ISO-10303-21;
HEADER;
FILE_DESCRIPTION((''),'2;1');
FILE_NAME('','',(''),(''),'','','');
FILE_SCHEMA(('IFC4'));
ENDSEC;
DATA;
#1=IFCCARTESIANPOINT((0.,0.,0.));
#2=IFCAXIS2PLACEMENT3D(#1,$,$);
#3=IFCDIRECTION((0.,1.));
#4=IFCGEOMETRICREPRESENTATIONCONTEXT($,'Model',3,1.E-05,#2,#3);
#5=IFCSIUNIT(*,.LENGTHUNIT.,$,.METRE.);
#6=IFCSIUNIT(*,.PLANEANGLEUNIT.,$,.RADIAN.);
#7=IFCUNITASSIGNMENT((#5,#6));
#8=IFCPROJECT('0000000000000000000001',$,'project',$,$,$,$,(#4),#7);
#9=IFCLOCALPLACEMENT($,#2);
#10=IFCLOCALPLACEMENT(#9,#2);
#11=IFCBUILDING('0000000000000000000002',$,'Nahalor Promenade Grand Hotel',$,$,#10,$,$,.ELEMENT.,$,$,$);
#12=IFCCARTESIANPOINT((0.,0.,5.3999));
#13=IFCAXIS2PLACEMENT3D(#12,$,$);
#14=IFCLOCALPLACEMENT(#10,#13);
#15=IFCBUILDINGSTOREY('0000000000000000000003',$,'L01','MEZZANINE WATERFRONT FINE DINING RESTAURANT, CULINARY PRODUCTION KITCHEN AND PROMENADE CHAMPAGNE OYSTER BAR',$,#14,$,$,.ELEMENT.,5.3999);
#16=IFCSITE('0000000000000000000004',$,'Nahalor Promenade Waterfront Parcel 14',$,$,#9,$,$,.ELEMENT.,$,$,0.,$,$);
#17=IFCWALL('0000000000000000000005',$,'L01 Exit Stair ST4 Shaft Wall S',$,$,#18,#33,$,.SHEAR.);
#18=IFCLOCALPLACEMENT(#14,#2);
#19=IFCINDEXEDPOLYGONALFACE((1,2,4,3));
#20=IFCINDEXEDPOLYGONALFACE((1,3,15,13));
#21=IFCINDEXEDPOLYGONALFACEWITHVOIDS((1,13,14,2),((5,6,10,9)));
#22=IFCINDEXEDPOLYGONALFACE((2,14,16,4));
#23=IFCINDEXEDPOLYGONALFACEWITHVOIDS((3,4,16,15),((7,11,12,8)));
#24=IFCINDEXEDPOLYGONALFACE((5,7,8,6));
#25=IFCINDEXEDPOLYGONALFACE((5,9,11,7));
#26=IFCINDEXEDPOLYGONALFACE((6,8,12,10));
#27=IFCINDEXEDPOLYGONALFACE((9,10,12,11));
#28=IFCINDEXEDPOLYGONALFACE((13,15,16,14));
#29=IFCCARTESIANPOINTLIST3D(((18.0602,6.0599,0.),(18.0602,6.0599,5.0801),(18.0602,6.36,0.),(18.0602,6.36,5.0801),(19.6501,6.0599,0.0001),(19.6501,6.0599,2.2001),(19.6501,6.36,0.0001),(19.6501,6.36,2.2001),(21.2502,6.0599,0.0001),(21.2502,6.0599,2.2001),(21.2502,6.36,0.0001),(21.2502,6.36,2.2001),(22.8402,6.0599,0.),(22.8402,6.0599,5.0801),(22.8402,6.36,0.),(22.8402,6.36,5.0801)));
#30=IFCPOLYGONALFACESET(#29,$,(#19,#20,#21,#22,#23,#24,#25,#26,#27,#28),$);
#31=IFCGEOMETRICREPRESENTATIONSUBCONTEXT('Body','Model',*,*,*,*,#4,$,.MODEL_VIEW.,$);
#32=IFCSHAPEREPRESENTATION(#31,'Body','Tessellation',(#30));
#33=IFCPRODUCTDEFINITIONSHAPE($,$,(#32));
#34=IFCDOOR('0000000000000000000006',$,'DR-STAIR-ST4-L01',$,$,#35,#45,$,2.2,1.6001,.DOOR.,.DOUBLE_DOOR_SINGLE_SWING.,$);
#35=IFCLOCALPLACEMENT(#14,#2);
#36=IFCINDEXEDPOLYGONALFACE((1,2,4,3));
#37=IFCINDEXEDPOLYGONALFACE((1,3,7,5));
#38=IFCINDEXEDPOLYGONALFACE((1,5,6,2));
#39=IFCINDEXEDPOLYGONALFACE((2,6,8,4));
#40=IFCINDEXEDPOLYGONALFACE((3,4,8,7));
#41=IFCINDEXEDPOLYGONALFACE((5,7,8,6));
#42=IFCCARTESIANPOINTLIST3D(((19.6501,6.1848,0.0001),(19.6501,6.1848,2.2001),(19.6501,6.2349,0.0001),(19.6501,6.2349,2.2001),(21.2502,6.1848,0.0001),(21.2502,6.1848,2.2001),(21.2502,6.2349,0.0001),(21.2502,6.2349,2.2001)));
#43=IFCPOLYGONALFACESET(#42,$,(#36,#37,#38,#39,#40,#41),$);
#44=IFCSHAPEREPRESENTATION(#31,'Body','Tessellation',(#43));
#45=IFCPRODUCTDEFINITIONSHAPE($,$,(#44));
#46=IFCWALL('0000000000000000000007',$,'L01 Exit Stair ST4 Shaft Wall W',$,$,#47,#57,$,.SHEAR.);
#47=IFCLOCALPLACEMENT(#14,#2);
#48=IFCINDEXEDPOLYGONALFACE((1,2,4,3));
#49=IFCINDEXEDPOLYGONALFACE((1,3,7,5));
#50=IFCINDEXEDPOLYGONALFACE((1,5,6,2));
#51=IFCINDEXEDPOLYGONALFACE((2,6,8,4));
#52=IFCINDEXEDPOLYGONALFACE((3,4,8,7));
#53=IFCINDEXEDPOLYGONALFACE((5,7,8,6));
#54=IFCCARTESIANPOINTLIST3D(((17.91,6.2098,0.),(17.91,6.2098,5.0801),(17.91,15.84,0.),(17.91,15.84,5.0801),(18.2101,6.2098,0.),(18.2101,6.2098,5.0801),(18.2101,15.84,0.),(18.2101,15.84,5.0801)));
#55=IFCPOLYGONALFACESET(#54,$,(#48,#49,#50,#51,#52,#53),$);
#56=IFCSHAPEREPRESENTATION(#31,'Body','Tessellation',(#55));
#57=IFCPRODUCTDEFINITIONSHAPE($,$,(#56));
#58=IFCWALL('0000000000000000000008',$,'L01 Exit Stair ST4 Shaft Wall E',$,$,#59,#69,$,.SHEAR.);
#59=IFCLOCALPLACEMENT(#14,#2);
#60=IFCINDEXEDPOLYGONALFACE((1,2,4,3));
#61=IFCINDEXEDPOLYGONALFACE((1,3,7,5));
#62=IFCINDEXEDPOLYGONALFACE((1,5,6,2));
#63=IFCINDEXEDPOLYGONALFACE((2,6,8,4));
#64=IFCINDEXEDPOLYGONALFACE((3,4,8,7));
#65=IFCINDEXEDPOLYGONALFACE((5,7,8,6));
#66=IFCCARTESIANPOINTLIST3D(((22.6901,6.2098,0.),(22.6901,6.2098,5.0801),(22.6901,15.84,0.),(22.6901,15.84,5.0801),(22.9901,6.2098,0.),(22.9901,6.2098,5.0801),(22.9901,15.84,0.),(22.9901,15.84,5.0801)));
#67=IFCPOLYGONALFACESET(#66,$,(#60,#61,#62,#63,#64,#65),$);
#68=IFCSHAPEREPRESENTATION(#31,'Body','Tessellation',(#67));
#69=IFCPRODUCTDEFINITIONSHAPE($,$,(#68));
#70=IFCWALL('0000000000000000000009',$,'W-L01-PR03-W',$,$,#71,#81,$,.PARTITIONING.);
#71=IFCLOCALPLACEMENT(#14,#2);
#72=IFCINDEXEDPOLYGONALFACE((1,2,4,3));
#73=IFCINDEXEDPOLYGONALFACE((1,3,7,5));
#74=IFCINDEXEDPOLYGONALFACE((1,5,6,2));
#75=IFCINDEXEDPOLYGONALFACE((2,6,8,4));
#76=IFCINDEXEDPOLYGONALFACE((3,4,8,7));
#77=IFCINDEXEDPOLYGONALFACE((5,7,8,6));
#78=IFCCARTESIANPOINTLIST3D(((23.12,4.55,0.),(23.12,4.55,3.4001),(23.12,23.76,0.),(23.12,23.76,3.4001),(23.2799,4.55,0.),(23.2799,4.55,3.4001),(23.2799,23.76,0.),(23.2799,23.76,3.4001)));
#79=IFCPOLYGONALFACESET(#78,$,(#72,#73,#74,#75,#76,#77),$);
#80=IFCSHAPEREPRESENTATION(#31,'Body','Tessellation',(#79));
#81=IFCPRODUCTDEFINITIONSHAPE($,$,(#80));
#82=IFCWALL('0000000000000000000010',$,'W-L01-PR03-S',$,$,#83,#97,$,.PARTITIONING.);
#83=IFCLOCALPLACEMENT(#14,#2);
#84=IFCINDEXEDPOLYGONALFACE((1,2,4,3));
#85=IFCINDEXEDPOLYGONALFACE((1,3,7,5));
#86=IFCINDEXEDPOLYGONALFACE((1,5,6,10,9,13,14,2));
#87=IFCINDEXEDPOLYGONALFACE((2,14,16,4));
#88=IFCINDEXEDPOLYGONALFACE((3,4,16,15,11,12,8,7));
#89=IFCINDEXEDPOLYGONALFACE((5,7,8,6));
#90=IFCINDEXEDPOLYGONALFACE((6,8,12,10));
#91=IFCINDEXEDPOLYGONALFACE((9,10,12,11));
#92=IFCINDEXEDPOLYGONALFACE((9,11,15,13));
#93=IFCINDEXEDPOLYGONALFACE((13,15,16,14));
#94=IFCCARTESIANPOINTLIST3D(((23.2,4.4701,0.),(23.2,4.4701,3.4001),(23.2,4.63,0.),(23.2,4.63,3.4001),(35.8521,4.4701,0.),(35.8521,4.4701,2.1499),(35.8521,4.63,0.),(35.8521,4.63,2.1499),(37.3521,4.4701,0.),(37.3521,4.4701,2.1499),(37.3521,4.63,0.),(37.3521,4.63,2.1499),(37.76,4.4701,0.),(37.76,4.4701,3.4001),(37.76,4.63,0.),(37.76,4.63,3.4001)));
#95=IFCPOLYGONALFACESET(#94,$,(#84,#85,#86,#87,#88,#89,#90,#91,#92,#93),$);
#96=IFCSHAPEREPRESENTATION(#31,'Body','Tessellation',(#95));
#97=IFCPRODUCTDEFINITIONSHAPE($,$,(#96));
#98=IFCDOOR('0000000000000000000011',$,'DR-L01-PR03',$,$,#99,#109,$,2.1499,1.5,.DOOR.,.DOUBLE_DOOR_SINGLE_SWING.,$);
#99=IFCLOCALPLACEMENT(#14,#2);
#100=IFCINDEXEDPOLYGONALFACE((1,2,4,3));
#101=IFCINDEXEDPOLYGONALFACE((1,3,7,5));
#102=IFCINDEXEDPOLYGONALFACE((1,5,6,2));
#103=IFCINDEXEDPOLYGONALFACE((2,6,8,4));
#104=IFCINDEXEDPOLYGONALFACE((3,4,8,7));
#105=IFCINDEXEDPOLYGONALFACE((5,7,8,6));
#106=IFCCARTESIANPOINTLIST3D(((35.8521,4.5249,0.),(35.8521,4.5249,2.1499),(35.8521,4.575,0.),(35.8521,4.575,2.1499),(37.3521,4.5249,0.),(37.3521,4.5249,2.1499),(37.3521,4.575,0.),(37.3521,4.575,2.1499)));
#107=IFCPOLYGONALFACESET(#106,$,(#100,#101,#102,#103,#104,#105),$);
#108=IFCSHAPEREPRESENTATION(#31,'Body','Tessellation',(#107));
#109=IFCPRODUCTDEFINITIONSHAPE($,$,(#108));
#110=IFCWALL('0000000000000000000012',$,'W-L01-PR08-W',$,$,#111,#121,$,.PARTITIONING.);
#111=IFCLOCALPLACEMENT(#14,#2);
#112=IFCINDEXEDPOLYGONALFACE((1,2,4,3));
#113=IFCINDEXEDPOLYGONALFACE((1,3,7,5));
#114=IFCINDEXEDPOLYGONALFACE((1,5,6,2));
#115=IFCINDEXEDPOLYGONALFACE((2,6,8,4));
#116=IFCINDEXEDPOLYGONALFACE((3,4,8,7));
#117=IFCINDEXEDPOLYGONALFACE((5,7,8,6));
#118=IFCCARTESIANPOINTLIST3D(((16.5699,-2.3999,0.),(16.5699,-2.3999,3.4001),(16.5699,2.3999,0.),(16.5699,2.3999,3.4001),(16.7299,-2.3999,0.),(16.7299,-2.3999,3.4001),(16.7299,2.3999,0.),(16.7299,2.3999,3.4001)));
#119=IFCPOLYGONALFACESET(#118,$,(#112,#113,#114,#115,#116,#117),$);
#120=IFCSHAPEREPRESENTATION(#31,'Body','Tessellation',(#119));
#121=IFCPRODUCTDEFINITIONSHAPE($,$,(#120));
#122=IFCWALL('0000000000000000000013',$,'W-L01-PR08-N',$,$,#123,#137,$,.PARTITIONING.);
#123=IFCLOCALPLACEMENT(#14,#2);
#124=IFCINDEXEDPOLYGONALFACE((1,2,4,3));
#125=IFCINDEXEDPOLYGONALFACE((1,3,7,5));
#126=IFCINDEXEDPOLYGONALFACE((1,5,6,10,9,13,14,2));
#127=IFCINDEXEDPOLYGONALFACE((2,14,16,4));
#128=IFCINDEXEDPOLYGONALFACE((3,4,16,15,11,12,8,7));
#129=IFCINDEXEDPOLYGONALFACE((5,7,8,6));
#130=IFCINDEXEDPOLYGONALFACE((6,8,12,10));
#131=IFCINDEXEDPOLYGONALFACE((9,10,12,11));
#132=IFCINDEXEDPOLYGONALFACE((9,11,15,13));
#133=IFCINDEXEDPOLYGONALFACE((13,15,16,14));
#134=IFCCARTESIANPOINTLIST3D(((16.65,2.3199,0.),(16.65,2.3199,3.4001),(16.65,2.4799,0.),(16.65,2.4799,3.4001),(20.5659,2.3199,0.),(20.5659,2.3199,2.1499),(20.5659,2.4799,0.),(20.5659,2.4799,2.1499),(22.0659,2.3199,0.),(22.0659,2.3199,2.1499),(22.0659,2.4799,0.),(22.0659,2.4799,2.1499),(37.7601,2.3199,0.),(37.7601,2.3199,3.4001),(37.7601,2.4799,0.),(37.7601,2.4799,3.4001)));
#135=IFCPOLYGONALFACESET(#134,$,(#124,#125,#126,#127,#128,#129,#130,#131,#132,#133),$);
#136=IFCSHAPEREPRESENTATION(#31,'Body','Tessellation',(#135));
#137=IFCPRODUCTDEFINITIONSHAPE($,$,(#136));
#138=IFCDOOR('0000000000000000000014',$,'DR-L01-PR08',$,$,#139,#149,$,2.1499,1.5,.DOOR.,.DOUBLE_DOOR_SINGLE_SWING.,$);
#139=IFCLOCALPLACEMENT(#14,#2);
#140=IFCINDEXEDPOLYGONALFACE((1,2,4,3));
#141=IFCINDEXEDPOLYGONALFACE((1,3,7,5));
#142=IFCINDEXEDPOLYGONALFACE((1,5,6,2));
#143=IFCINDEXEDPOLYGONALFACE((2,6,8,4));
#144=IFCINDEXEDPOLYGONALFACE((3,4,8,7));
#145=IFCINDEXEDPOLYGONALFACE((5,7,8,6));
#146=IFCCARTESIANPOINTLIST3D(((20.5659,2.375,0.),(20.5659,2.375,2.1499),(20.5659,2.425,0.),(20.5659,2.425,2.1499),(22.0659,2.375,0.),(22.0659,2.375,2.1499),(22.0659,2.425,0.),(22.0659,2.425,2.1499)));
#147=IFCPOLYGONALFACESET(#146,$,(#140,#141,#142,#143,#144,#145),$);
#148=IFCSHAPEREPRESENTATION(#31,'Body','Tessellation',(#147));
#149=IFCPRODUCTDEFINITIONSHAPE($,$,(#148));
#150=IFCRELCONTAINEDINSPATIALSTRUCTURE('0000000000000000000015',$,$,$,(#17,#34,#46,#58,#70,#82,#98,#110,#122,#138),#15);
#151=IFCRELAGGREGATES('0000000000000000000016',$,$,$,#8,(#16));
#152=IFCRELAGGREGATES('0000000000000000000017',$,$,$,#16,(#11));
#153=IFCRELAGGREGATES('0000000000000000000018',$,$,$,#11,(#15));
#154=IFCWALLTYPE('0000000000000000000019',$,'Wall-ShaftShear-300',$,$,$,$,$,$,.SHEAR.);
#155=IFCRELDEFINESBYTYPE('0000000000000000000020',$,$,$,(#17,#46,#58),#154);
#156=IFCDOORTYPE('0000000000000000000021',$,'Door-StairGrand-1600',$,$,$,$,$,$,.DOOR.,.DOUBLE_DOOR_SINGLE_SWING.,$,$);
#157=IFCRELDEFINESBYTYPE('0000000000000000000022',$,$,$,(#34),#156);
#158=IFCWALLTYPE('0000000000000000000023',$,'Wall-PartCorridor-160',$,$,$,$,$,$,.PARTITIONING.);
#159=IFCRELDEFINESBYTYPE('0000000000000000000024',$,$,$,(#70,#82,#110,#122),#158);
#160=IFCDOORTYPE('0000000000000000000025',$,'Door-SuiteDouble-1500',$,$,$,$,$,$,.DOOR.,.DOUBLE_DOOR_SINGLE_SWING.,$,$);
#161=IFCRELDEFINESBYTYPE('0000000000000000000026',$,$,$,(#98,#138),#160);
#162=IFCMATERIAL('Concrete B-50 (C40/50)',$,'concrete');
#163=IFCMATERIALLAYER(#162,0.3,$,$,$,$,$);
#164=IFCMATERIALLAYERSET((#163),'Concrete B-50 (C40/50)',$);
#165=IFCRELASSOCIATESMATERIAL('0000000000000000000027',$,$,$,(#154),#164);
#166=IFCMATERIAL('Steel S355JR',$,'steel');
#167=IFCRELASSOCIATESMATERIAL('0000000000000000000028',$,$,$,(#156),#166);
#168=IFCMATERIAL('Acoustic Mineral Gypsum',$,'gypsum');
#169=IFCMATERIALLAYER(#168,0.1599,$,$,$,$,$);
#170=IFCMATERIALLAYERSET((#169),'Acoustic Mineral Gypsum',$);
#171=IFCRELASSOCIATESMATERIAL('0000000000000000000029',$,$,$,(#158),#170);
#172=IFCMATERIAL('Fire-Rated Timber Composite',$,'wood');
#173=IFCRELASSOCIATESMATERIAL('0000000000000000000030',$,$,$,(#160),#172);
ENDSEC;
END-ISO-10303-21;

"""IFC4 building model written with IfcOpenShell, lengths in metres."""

from ifc_helpers import new_model, si_unit, direction, frame, frame_2d, origin, place, context, subcontext, project, spatial, rectangle, extrude, source, transform, mapped, material, layer, layer_set, type_object, element, fill, save


model = new_model("IFC4")

# Units and contexts
model_context = context("Model", 3, precision=1e-05, world=origin(), true_north=direction((0.0, 1.0)))
body_context = subcontext(model_context, "Body", "Model", "MODEL_VIEW")
ifc_project = project(units=[si_unit("LENGTHUNIT", "METRE"), si_unit("PLANEANGLEUNIT", "RADIAN")], contexts=[model_context])

# Site, building, storey
site_placement = place(None, origin())
site = spatial("IfcSite", under=ifc_project, at=site_placement, Name="Nahalor Promenade Waterfront Parcel 14", CompositionType="ELEMENT", RefElevation=0.0)
building_placement = place(site_placement, origin())
building = spatial("IfcBuilding", under=site, at=building_placement, Name="Nahalor Promenade Grand Hotel", CompositionType="ELEMENT")
storey_placement = place(building_placement, frame((0.0, 0.0, 5.3999)))
storey = spatial("IfcBuildingStorey", under=building, at=storey_placement, Name="L01", Description="MEZZANINE WATERFRONT FINE DINING RESTAURANT, CULINARY PRODUCTION KITCHEN AND PROMENADE CHAMPAGNE OYSTER BAR", CompositionType="ELEMENT", Elevation=5.3999)

# Shared definitions
ifc_material_1 = material(Name="Steel S355JR", Category="steel")

# Wall, opening, door
ifc_material_2 = material(Name="Concrete B-50 (C40/50)", Category="concrete")
ifc_layer_1 = layer(ifc_material_2, 0.3)
ifc_layer_set_1 = layer_set([ifc_layer_1], Name="Concrete B-50 (C40/50)")
wall_type_1 = type_object("IfcWallType", Name="Wall-ShaftShear-300", PredefinedType="SHEAR", material=ifc_layer_set_1)
shared_shape_1 = source(origin(), body_context, "Body", "SweptSolid", [
    extrude(rectangle(XDim=4.78, YDim=0.3, at=frame_2d((2.3901, 0.0))), origin(), (0.0, 0.0, 1.0), 5.0801),
])
wall_1_placement = place(storey_placement, frame((18.0601, 6.21, 0.0), z_axis=(0.0, 0.0, 1.0), x_axis=(1.0, 0.0, 0.0)))
wall_1 = element("IfcWall", 1, at=wall_1_placement, inside=storey, type_object=wall_type_1, Name="L01 Exit Stair ST4 Shaft Wall S", PredefinedType="SHEAR", context=body_context, shape_type="MappedRepresentation", body=[
    mapped(shared_shape_1, transform((0.0, 0.0, 0.0), scale=1.0)),
])
opening_1_placement = place(wall_1_placement, frame((1.5901, 0.0, 0.0)))
opening_1 = element("IfcOpeningElement", 2, at=opening_1_placement, cuts=wall_1, PredefinedType="OPENING", context=body_context, shape_type="SweptSolid", body=[
    extrude(rectangle(XDim=1.6001, YDim=2.2, at=frame_2d((0.8, 1.1001))), frame((0.0, 0.1599, 0.0), z_axis=(0.0, -1.0, 0.0), x_axis=(1.0, 0.0, 0.0)), (0.0, 0.0, 1.0), 0.3201),
])
door_type_1 = type_object("IfcDoorType", Name="Door-StairGrand-1600", OperationType="DOUBLE_DOOR_SINGLE_SWING", PredefinedType="DOOR", material=ifc_material_1)
shared_shape_2 = source(origin(), body_context, "Body", "SweptSolid", [
    extrude(rectangle(XDim=1.6001, YDim=2.2, at=frame_2d((0.8, 1.1001))), frame((0.0, 0.0249, 0.0), z_axis=(0.0, -1.0, 0.0), x_axis=(1.0, 0.0, 0.0)), (0.0, 0.0, 1.0), 0.05),
])
door_1_placement = place(opening_1_placement, origin())
door_1 = element("IfcDoor", 3, at=door_1_placement, inside=storey, type_object=door_type_1, Name="DR-STAIR-ST4-L01", OperationType="DOUBLE_DOOR_SINGLE_SWING", OverallHeight=2.2, OverallWidth=1.6001, PredefinedType="DOOR", context=body_context, shape_type="MappedRepresentation", body=[
    mapped(shared_shape_2, transform((0.0, 0.0, 0.0), scale=1.0)),
])
fill(opening_1, door_1)

# Walls
shared_shape_3 = source(origin(), body_context, "Body", "SweptSolid", [
    extrude(rectangle(XDim=9.6301, YDim=0.3, at=frame_2d((4.8149, 0.0))), origin(), (0.0, 0.0, 1.0), 5.0801),
])
for number, where, z_axis, x_axis, name in (
    (4, (18.0601, 6.21, 0.0), (0.0, 0.0, 1.0), (0.0, 1.0, 0.0), "L01 Exit Stair ST4 Shaft Wall W"),
    (5, (22.8401, 6.21, 0.0), (0.0, 0.0, 1.0), (0.0, 1.0, 0.0), "L01 Exit Stair ST4 Shaft Wall E"),
):
    element("IfcWall", number, at=place(storey_placement, frame(where, z_axis=z_axis, x_axis=x_axis)), inside=storey, type_object=wall_type_1, Name=name, PredefinedType="SHEAR", context=body_context, shape_type="MappedRepresentation", body=[
        mapped(shared_shape_3, transform((0.0, 0.0, 0.0), scale=1.0)),
    ])
ifc_material_3 = material(Name="Acoustic Mineral Gypsum", Category="gypsum")
ifc_layer_2 = layer(ifc_material_3, 0.1599)
ifc_layer_set_2 = layer_set([ifc_layer_2], Name="Acoustic Mineral Gypsum")
wall_type_2 = type_object("IfcWallType", Name="Wall-PartCorridor-160", PredefinedType="PARTITIONING", material=ifc_layer_set_2)
shared_shape_4 = source(origin(), body_context, "Body", "SweptSolid", [
    extrude(rectangle(XDim=19.21, YDim=0.1599, at=frame_2d((9.605, 0.0))), origin(), (0.0, 0.0, 1.0), 3.4001),
])
wall_2_placement = place(storey_placement, frame((23.2, 4.55, 0.0), z_axis=(0.0, 0.0, 1.0), x_axis=(0.0, 1.0, 0.0)))
element("IfcWall", 6, at=wall_2_placement, inside=storey, type_object=wall_type_2, Name="W-L01-PR03-W", PredefinedType="PARTITIONING", context=body_context, shape_type="MappedRepresentation", body=[
    mapped(shared_shape_4, transform((0.0, 0.0, 0.0), scale=1.0)),
])

# Wall, opening, door
shared_shape_5 = source(origin(), body_context, "Body", "SweptSolid", [
    extrude(rectangle(XDim=14.5601, YDim=0.1599, at=frame_2d((7.28, 0.0))), origin(), (0.0, 0.0, 1.0), 3.4001),
])
wall_3_placement = place(storey_placement, frame((23.2, 4.55, 0.0), z_axis=(0.0, 0.0, 1.0), x_axis=(1.0, 0.0, 0.0)))
wall_3 = element("IfcWall", 7, at=wall_3_placement, inside=storey, type_object=wall_type_2, Name="W-L01-PR03-S", PredefinedType="PARTITIONING", context=body_context, shape_type="MappedRepresentation", body=[
    mapped(shared_shape_5, transform((0.0, 0.0, 0.0), scale=1.0)),
])
opening_2_placement = place(wall_3_placement, frame((12.6521, 0.0, 0.0)))
opening_2 = element("IfcOpeningElement", 8, at=opening_2_placement, cuts=wall_3, PredefinedType="OPENING", context=body_context, shape_type="SweptSolid", body=[
    extrude(rectangle(XDim=1.5, YDim=2.1499, at=frame_2d((0.75, 1.075))), frame((0.0, 0.0898, 0.0), z_axis=(0.0, -1.0, 0.0), x_axis=(1.0, 0.0, 0.0)), (0.0, 0.0, 1.0), 0.1799),
])
ifc_material_4 = material(Name="Fire-Rated Timber Composite", Category="wood")
door_type_2 = type_object("IfcDoorType", Name="Door-SuiteDouble-1500", OperationType="DOUBLE_DOOR_SINGLE_SWING", PredefinedType="DOOR", material=ifc_material_4)
shared_shape_6 = source(origin(), body_context, "Body", "SweptSolid", [
    extrude(rectangle(XDim=1.5, YDim=2.1499, at=frame_2d((0.75, 1.075))), frame((0.0, 0.0249, 0.0), z_axis=(0.0, -1.0, 0.0), x_axis=(1.0, 0.0, 0.0)), (0.0, 0.0, 1.0), 0.05),
])
door_2_placement = place(opening_2_placement, origin())
door_2 = element("IfcDoor", 9, at=door_2_placement, inside=storey, type_object=door_type_2, Name="DR-L01-PR03", OperationType="DOUBLE_DOOR_SINGLE_SWING", OverallHeight=2.1499, OverallWidth=1.5, PredefinedType="DOOR", context=body_context, shape_type="MappedRepresentation", body=[
    mapped(shared_shape_6, transform((0.0, 0.0, 0.0), scale=1.0)),
])
fill(opening_2, door_2)

# Wall
shared_shape_7 = source(origin(), body_context, "Body", "SweptSolid", [
    extrude(rectangle(XDim=4.7998, YDim=0.1599, at=frame_2d((2.3999, 0.0))), origin(), (0.0, 0.0, 1.0), 3.4001),
])
wall_4_placement = place(storey_placement, frame((16.6499, -2.3999, 0.0), z_axis=(0.0, 0.0, 1.0), x_axis=(0.0, 1.0, 0.0)))
element("IfcWall", 10, at=wall_4_placement, inside=storey, type_object=wall_type_2, Name="W-L01-PR08-W", PredefinedType="PARTITIONING", context=body_context, shape_type="MappedRepresentation", body=[
    mapped(shared_shape_7, transform((0.0, 0.0, 0.0), scale=1.0)),
])

# Wall, opening, door
shared_shape_8 = source(origin(), body_context, "Body", "SweptSolid", [
    extrude(rectangle(XDim=21.1101, YDim=0.1599, at=frame_2d((10.5552, 0.0))), origin(), (0.0, 0.0, 1.0), 3.4001),
])
wall_5_placement = place(storey_placement, frame((16.6499, 2.3999, 0.0), z_axis=(0.0, 0.0, 1.0), x_axis=(1.0, 0.0, 0.0)))
wall_5 = element("IfcWall", 11, at=wall_5_placement, inside=storey, type_object=wall_type_2, Name="W-L01-PR08-N", PredefinedType="PARTITIONING", context=body_context, shape_type="MappedRepresentation", body=[
    mapped(shared_shape_8, transform((0.0, 0.0, 0.0), scale=1.0)),
])
opening_3_placement = place(wall_5_placement, frame((3.916, 0.0, 0.0)))
opening_3 = element("IfcOpeningElement", 12, at=opening_3_placement, cuts=wall_5, PredefinedType="OPENING", context=body_context, shape_type="SweptSolid", body=[
    extrude(rectangle(XDim=1.5, YDim=2.1499, at=frame_2d((0.75, 1.075))), frame((0.0, 0.0898, 0.0), z_axis=(0.0, -1.0, 0.0), x_axis=(1.0, 0.0, 0.0)), (0.0, 0.0, 1.0), 0.1799),
])
door_3_placement = place(opening_3_placement, frame((1.5, 0.0, 0.0), z_axis=(0.0, 0.0, 1.0), x_axis=(-1.0, 0.0, 0.0)))
door_3 = element("IfcDoor", 13, at=door_3_placement, inside=storey, type_object=door_type_2, Name="DR-L01-PR08", OperationType="DOUBLE_DOOR_SINGLE_SWING", OverallHeight=2.1499, OverallWidth=1.5, PredefinedType="DOOR", context=body_context, shape_type="MappedRepresentation", body=[
    mapped(shared_shape_6, transform((0.0, 0.0, 0.0), scale=1.0)),
])
fill(opening_3, door_3)

save(model, "model.ifc")
